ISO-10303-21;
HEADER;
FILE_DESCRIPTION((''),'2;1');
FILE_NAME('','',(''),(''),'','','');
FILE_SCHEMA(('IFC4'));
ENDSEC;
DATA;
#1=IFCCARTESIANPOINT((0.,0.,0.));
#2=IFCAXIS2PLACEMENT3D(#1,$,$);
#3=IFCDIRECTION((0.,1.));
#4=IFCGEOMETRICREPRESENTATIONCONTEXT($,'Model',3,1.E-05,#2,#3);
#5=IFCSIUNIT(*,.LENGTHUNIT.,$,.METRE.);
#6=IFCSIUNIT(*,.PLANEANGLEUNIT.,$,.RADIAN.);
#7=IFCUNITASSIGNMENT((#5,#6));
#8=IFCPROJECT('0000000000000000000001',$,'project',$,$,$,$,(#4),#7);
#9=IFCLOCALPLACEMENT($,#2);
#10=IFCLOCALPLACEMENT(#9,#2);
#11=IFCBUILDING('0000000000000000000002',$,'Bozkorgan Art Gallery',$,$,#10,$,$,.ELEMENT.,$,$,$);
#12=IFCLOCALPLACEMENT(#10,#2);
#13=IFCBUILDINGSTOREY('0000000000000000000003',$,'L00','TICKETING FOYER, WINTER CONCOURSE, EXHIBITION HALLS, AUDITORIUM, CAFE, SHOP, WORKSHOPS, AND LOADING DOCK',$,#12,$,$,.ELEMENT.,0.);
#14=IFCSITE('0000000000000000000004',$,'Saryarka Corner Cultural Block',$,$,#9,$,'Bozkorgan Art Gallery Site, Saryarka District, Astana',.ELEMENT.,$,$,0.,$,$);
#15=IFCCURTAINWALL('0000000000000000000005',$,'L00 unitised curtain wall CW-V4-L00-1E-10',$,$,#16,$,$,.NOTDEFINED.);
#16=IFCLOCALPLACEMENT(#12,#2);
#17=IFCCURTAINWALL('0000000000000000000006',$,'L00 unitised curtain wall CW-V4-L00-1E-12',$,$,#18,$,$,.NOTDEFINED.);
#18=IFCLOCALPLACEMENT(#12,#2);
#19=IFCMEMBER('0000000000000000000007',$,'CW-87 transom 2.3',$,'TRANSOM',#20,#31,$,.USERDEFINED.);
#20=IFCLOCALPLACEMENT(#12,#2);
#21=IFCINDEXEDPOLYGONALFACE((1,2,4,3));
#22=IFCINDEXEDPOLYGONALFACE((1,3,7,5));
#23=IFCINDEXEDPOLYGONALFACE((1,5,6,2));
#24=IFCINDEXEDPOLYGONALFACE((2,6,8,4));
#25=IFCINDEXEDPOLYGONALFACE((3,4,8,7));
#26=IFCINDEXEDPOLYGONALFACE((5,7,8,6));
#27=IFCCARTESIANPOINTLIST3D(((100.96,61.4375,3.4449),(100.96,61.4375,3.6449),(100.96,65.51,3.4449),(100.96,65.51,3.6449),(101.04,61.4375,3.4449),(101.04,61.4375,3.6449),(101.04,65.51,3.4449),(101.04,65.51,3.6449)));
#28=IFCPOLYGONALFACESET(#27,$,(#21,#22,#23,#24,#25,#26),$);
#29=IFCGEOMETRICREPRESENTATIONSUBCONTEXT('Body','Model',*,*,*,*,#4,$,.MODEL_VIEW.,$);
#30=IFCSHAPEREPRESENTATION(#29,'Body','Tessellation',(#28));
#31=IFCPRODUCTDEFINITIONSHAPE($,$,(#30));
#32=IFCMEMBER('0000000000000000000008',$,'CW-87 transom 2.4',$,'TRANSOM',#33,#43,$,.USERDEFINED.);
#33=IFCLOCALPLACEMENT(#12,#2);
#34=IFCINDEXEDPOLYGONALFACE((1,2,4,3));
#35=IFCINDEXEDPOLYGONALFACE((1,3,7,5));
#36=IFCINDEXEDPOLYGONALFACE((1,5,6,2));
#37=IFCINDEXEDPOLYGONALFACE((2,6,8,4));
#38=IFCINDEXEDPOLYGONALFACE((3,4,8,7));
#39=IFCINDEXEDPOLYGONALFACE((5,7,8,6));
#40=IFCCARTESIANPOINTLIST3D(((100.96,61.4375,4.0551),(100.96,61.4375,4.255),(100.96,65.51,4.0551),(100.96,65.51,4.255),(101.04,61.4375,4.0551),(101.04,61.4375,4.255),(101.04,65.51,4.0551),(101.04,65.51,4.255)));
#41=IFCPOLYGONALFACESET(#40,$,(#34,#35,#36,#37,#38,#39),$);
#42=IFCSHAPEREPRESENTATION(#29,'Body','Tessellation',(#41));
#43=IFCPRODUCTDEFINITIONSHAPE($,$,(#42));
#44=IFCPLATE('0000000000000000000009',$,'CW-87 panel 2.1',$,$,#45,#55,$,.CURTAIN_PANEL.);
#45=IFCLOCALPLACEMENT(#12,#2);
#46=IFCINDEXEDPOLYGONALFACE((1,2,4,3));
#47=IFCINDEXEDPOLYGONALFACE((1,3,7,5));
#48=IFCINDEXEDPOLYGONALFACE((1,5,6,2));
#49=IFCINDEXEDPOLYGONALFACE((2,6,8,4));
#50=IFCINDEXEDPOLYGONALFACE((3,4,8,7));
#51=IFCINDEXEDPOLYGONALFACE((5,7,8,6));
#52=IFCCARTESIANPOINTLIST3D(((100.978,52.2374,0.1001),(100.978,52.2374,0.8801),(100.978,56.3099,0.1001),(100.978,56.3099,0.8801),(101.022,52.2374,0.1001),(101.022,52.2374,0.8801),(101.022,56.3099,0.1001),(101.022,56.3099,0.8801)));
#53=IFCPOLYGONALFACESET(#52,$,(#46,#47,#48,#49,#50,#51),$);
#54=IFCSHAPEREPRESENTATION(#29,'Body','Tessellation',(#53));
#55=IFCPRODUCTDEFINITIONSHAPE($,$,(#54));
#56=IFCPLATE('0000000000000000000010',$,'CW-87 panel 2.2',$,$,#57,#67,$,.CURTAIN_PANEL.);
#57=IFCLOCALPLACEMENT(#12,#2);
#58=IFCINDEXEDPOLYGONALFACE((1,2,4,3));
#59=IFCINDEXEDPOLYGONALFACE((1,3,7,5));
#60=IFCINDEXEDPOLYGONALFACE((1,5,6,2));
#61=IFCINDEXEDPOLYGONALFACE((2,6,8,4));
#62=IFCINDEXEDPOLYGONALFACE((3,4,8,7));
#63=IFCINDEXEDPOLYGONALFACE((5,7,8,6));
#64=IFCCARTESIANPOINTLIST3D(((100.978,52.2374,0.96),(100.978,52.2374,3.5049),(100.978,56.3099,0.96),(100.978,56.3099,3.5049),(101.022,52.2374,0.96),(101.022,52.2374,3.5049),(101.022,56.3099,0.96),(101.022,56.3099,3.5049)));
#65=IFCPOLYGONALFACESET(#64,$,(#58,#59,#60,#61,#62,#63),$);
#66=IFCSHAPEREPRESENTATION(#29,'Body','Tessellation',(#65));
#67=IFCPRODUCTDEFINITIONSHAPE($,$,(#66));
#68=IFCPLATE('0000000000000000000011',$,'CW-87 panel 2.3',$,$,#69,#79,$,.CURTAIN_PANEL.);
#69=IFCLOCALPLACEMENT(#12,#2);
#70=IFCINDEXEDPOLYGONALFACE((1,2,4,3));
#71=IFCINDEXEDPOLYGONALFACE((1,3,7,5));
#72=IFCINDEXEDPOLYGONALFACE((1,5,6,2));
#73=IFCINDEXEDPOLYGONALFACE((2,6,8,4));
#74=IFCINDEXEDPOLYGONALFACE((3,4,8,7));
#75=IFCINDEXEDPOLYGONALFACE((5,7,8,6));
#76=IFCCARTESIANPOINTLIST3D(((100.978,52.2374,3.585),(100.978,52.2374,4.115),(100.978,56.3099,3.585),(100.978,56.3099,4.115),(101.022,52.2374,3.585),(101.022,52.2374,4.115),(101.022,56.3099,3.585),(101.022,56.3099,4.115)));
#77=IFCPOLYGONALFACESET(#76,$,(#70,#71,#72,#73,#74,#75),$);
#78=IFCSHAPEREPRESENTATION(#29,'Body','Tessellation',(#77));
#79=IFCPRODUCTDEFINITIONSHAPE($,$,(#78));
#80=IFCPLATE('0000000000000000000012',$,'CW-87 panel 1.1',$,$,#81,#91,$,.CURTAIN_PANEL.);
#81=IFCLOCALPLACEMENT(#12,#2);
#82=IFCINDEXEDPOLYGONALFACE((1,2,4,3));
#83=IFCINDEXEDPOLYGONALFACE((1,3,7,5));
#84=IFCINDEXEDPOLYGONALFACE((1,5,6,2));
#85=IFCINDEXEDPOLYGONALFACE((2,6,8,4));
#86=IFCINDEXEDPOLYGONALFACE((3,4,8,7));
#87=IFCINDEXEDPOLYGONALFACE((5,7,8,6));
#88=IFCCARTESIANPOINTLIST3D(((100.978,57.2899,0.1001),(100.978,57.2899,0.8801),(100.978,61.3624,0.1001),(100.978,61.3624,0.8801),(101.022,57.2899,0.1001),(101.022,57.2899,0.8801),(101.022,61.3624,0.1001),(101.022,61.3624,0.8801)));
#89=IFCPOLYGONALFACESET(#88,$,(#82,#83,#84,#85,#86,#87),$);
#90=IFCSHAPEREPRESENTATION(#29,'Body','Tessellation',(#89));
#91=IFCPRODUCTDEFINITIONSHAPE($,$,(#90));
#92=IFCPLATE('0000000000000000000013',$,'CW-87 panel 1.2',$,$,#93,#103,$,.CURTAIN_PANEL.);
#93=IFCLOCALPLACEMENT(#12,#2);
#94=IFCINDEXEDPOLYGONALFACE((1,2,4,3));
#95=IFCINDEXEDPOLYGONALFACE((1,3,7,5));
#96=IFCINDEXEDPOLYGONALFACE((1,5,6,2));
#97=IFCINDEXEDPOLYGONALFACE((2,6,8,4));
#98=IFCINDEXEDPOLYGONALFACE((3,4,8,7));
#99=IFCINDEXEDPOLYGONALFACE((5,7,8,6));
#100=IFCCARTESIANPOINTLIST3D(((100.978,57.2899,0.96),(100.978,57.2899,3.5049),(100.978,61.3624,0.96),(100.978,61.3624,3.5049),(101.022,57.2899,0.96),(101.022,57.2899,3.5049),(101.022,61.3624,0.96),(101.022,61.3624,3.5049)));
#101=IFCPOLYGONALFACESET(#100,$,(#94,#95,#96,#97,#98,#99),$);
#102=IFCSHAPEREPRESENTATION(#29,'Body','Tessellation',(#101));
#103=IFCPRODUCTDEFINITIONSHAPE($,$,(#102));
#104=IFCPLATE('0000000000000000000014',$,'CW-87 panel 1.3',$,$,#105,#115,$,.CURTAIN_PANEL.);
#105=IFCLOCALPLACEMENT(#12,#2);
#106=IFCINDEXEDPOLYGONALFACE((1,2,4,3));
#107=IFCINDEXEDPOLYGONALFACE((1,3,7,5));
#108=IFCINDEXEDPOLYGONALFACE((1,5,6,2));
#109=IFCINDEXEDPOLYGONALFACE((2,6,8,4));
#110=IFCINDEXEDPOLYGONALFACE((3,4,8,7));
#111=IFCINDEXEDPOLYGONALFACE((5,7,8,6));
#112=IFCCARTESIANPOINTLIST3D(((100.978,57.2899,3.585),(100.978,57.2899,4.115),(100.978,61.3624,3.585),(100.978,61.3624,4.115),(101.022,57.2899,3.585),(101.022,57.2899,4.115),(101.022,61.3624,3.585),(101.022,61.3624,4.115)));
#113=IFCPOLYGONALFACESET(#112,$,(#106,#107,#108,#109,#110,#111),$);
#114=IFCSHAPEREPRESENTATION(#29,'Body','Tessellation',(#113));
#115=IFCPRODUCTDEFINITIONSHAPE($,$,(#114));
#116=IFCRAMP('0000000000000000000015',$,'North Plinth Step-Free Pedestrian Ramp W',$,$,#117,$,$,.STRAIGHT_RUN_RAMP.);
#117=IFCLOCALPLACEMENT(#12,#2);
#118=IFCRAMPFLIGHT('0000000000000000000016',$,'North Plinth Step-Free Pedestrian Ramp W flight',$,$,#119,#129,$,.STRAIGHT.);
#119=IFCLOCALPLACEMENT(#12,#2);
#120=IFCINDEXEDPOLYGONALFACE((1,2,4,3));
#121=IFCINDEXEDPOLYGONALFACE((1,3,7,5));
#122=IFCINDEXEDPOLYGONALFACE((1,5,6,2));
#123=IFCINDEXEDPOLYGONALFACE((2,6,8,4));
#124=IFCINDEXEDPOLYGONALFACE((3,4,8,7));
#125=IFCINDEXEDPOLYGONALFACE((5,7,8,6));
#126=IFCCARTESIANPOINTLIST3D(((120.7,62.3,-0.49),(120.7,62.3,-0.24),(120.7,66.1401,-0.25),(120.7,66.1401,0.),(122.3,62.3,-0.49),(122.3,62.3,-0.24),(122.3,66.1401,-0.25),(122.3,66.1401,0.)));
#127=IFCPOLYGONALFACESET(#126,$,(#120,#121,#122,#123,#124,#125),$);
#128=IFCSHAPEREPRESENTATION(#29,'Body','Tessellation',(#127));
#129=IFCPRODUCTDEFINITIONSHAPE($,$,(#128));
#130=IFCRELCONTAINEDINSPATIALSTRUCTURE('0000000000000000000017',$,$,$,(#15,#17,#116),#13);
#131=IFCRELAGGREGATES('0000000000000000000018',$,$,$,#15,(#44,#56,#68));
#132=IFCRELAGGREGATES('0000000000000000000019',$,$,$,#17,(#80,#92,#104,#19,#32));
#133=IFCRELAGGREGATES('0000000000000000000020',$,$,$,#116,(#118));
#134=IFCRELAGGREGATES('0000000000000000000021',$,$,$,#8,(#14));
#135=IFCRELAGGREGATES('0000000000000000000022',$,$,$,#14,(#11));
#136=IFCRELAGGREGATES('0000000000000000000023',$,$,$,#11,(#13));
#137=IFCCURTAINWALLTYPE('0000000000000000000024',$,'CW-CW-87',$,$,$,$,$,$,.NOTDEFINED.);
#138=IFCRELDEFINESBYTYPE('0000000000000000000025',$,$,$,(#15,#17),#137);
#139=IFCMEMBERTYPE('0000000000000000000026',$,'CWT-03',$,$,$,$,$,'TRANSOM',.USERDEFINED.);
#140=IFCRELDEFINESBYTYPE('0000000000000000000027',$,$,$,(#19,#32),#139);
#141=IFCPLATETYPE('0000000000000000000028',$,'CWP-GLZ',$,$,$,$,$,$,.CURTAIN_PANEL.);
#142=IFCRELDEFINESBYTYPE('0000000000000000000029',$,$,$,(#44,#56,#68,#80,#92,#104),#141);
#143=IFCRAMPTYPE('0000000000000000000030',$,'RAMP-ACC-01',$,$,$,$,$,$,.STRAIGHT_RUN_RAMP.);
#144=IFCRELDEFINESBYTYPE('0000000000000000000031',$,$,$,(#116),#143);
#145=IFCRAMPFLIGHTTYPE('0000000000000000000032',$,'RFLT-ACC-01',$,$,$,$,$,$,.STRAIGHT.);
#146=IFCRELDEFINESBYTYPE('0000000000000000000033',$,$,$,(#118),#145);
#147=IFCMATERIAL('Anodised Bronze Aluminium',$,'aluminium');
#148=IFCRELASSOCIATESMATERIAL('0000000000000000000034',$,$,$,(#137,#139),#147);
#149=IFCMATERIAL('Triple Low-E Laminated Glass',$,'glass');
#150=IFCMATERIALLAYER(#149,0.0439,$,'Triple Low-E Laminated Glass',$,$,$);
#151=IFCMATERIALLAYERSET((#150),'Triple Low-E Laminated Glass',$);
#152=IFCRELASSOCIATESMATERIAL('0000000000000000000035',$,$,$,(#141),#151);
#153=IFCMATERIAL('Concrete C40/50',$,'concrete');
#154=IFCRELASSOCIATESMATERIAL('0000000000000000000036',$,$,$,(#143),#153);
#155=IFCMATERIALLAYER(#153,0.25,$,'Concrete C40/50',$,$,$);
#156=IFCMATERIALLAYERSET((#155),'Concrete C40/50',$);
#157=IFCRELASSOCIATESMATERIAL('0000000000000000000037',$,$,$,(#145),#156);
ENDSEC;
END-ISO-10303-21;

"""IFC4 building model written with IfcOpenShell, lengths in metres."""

from ifc_helpers import new_model, si_unit, direction, frame, origin, origin_2d, place, context, subcontext, project, spatial, polyline, rectangle, outline, extrude, material, layer, layer_set, material_profile, profile_set, type_object, element, aggregate, save


model = new_model("IFC4")

# Units and contexts
model_context = context("Model", 3, precision=1e-05, world=origin(), true_north=direction((0.0, 1.0)))
body_context = subcontext(model_context, "Body", "Model", "MODEL_VIEW")
ifc_project = project(units=[si_unit("LENGTHUNIT", "METRE"), si_unit("PLANEANGLEUNIT", "RADIAN")], contexts=[model_context])

# Site, building, storey
site_placement = place(None, origin())
site = spatial("IfcSite", under=ifc_project, at=site_placement, Name="Saryarka Corner Cultural Block", LongName="Bozkorgan Art Gallery Site, Saryarka District, Astana", CompositionType="ELEMENT", RefElevation=0.0)
building_placement = place(site_placement, origin())
building = spatial("IfcBuilding", under=site, at=building_placement, Name="Bozkorgan Art Gallery", CompositionType="ELEMENT")
storey_placement = place(building_placement, origin())
storey = spatial("IfcBuildingStorey", under=building, at=storey_placement, Name="L00", Description="TICKETING FOYER, WINTER CONCOURSE, EXHIBITION HALLS, AUDITORIUM, CAFE, SHOP, WORKSHOPS, AND LOADING DOCK", CompositionType="ELEMENT", Elevation=0.0)

# Shared definitions
ifc_material_1 = material(Name="Concrete C40/50", Category="concrete")

# Curtain wall
ifc_material_2 = material(Name="Anodised Bronze Aluminium", Category="aluminium")
curtain_wall_type = type_object("IfcCurtainWallType", Name="CW-CW-87", PredefinedType="NOTDEFINED", material=ifc_material_2)
curtain_wall_1_placement = place(storey_placement, origin())
curtain_wall_1 = element("IfcCurtainWall", 1, at=curtain_wall_1_placement, inside=storey, type_object=curtain_wall_type, Name="L00 unitised curtain wall CW-V4-L00-1E-10", PredefinedType="NOTDEFINED")

# Curtain wall
curtain_wall_2_placement = place(storey_placement, origin())
curtain_wall_2 = element("IfcCurtainWall", 2, at=curtain_wall_2_placement, inside=storey, type_object=curtain_wall_type, Name="L00 unitised curtain wall CW-V4-L00-1E-12", PredefinedType="NOTDEFINED")

# Members
ifc_material_profile_1 = material_profile(ifc_material_2, rectangle(XDim=0.0801, YDim=0.2, at=origin_2d()), Name="ALU TRANSOM 80x200")
ifc_profile_set_1 = profile_set([ifc_material_profile_1], Name="Anodised Bronze Aluminium")
member_type_1 = type_object("IfcMemberType", Name="CWT-03", ElementType="TRANSOM", PredefinedType="USERDEFINED", material=ifc_profile_set_1)
member_1_placement = place(storey_placement, frame((101.0, 61.4375, 3.5449), z_axis=(0.0, 1.0, 0.0), x_axis=(-1.0, 0.0, 0.0)))
member_1 = element("IfcMember", 3, at=member_1_placement, type_object=member_type_1, Name="CW-87 transom 2.3", ObjectType="TRANSOM", PredefinedType="USERDEFINED", context=body_context, shape_type="SweptSolid", body=[
    extrude(rectangle(XDim=0.0801, YDim=0.2, at=origin_2d()), origin(), (0.0, 0.0, 1.0), 4.0725),
])
member_2_placement = place(storey_placement, frame((101.0, 61.4375, 4.155), z_axis=(0.0, 1.0, 0.0), x_axis=(-1.0, 0.0, 0.0)))
member_2 = element("IfcMember", 4, at=member_2_placement, type_object=member_type_1, Name="CW-87 transom 2.4", ObjectType="TRANSOM", PredefinedType="USERDEFINED", context=body_context, shape_type="SweptSolid", body=[
    extrude(rectangle(XDim=0.0801, YDim=0.2, at=origin_2d()), origin(), (0.0, 0.0, 1.0), 4.0725),
])

# Plates
ifc_material_3 = material(Name="Triple Low-E Laminated Glass", Category="glass")
ifc_layer_1 = layer(ifc_material_3, 0.0439, Name="Triple Low-E Laminated Glass")
ifc_layer_set_1 = layer_set([ifc_layer_1], Name="Triple Low-E Laminated Glass")
plate_type = type_object("IfcPlateType", Name="CWP-GLZ", PredefinedType="CURTAIN_PANEL", material=ifc_layer_set_1)
plate_1_placement = place(storey_placement, frame((101.0, 54.2737, 0.1001), z_axis=(0.0, 0.0, 1.0), x_axis=(0.0, 1.0, 0.0)))
plate_1 = element("IfcPlate", 5, at=plate_1_placement, type_object=plate_type, Name="CW-87 panel 2.1", PredefinedType="CURTAIN_PANEL", context=body_context, shape_type="SweptSolid", body=[
    extrude(rectangle(XDim=4.0725, YDim=0.0439, at=origin_2d()), origin(), (0.0, 0.0, 1.0), 0.78),
])
plate_2_placement = place(storey_placement, frame((101.0, 54.2737, 0.96), z_axis=(0.0, 0.0, 1.0), x_axis=(0.0, 1.0, 0.0)))
plate_2 = element("IfcPlate", 6, at=plate_2_placement, type_object=plate_type, Name="CW-87 panel 2.2", PredefinedType="CURTAIN_PANEL", context=body_context, shape_type="SweptSolid", body=[
    extrude(rectangle(XDim=4.0725, YDim=0.0439, at=origin_2d()), origin(), (0.0, 0.0, 1.0), 2.5449),
])
plate_3_placement = place(storey_placement, frame((101.0, 54.2737, 3.585), z_axis=(0.0, 0.0, 1.0), x_axis=(0.0, 1.0, 0.0)))
plate_3 = element("IfcPlate", 7, at=plate_3_placement, type_object=plate_type, Name="CW-87 panel 2.3", PredefinedType="CURTAIN_PANEL", context=body_context, shape_type="SweptSolid", body=[
    extrude(rectangle(XDim=4.0725, YDim=0.0439, at=origin_2d()), origin(), (0.0, 0.0, 1.0), 0.53),
])
aggregate(curtain_wall_1, [plate_1, plate_2, plate_3])
plate_4_placement = place(storey_placement, frame((101.0, 59.3262, 0.1001), z_axis=(0.0, 0.0, 1.0), x_axis=(0.0, 1.0, 0.0)))
plate_4 = element("IfcPlate", 8, at=plate_4_placement, type_object=plate_type, Name="CW-87 panel 1.1", PredefinedType="CURTAIN_PANEL", context=body_context, shape_type="SweptSolid", body=[
    extrude(rectangle(XDim=4.0725, YDim=0.0439, at=origin_2d()), origin(), (0.0, 0.0, 1.0), 0.78),
])
plate_5_placement = place(storey_placement, frame((101.0, 59.3262, 0.96), z_axis=(0.0, 0.0, 1.0), x_axis=(0.0, 1.0, 0.0)))
plate_5 = element("IfcPlate", 9, at=plate_5_placement, type_object=plate_type, Name="CW-87 panel 1.2", PredefinedType="CURTAIN_PANEL", context=body_context, shape_type="SweptSolid", body=[
    extrude(rectangle(XDim=4.0725, YDim=0.0439, at=origin_2d()), origin(), (0.0, 0.0, 1.0), 2.5449),
])
plate_6_placement = place(storey_placement, frame((101.0, 59.3262, 3.585), z_axis=(0.0, 0.0, 1.0), x_axis=(0.0, 1.0, 0.0)))
plate_6 = element("IfcPlate", 10, at=plate_6_placement, type_object=plate_type, Name="CW-87 panel 1.3", PredefinedType="CURTAIN_PANEL", context=body_context, shape_type="SweptSolid", body=[
    extrude(rectangle(XDim=4.0725, YDim=0.0439, at=origin_2d()), origin(), (0.0, 0.0, 1.0), 0.53),
])
aggregate(curtain_wall_2, [plate_4, plate_5, plate_6, member_1, member_2])

# Ramp, ramp flight
ramp_type = type_object("IfcRampType", Name="RAMP-ACC-01", PredefinedType="STRAIGHT_RUN_RAMP", material=ifc_material_1)
ramp_placement = place(storey_placement, origin())
ramp = element("IfcRamp", 11, at=ramp_placement, inside=storey, type_object=ramp_type, Name="North Plinth Step-Free Pedestrian Ramp W", PredefinedType="STRAIGHT_RUN_RAMP")
ifc_layer_2 = layer(ifc_material_1, 0.25, Name="Concrete C40/50")
ifc_layer_set_2 = layer_set([ifc_layer_2], Name="Concrete C40/50")
ramp_flight_type = type_object("IfcRampFlightType", Name="RFLT-ACC-01", PredefinedType="STRAIGHT", material=ifc_layer_set_2)
ramp_flight_placement = place(storey_placement, frame((121.5, 62.3, -0.24), z_axis=(0.0, 0.0, 1.0), x_axis=(0.0, 1.0, 0.0)))
ramp_flight = element("IfcRampFlight", 12, at=ramp_flight_placement, type_object=ramp_flight_type, Name="North Plinth Step-Free Pedestrian Ramp W flight", PredefinedType="STRAIGHT", context=body_context, shape_type="SweptSolid", body=[
    extrude(outline(polyline([(0.0, 0.0), (3.8401, 0.24), (3.8401, -0.01), (0.0, -0.25), (0.0, 0.0)])), frame((0.0, 0.8, 0.0), z_axis=(0.0, -1.0, 0.0), x_axis=(1.0, 0.0, 0.0)), (0.0, 0.0, 1.0), 1.6001),
])
aggregate(ramp, [ramp_flight])

save(model, "model.ifc")
